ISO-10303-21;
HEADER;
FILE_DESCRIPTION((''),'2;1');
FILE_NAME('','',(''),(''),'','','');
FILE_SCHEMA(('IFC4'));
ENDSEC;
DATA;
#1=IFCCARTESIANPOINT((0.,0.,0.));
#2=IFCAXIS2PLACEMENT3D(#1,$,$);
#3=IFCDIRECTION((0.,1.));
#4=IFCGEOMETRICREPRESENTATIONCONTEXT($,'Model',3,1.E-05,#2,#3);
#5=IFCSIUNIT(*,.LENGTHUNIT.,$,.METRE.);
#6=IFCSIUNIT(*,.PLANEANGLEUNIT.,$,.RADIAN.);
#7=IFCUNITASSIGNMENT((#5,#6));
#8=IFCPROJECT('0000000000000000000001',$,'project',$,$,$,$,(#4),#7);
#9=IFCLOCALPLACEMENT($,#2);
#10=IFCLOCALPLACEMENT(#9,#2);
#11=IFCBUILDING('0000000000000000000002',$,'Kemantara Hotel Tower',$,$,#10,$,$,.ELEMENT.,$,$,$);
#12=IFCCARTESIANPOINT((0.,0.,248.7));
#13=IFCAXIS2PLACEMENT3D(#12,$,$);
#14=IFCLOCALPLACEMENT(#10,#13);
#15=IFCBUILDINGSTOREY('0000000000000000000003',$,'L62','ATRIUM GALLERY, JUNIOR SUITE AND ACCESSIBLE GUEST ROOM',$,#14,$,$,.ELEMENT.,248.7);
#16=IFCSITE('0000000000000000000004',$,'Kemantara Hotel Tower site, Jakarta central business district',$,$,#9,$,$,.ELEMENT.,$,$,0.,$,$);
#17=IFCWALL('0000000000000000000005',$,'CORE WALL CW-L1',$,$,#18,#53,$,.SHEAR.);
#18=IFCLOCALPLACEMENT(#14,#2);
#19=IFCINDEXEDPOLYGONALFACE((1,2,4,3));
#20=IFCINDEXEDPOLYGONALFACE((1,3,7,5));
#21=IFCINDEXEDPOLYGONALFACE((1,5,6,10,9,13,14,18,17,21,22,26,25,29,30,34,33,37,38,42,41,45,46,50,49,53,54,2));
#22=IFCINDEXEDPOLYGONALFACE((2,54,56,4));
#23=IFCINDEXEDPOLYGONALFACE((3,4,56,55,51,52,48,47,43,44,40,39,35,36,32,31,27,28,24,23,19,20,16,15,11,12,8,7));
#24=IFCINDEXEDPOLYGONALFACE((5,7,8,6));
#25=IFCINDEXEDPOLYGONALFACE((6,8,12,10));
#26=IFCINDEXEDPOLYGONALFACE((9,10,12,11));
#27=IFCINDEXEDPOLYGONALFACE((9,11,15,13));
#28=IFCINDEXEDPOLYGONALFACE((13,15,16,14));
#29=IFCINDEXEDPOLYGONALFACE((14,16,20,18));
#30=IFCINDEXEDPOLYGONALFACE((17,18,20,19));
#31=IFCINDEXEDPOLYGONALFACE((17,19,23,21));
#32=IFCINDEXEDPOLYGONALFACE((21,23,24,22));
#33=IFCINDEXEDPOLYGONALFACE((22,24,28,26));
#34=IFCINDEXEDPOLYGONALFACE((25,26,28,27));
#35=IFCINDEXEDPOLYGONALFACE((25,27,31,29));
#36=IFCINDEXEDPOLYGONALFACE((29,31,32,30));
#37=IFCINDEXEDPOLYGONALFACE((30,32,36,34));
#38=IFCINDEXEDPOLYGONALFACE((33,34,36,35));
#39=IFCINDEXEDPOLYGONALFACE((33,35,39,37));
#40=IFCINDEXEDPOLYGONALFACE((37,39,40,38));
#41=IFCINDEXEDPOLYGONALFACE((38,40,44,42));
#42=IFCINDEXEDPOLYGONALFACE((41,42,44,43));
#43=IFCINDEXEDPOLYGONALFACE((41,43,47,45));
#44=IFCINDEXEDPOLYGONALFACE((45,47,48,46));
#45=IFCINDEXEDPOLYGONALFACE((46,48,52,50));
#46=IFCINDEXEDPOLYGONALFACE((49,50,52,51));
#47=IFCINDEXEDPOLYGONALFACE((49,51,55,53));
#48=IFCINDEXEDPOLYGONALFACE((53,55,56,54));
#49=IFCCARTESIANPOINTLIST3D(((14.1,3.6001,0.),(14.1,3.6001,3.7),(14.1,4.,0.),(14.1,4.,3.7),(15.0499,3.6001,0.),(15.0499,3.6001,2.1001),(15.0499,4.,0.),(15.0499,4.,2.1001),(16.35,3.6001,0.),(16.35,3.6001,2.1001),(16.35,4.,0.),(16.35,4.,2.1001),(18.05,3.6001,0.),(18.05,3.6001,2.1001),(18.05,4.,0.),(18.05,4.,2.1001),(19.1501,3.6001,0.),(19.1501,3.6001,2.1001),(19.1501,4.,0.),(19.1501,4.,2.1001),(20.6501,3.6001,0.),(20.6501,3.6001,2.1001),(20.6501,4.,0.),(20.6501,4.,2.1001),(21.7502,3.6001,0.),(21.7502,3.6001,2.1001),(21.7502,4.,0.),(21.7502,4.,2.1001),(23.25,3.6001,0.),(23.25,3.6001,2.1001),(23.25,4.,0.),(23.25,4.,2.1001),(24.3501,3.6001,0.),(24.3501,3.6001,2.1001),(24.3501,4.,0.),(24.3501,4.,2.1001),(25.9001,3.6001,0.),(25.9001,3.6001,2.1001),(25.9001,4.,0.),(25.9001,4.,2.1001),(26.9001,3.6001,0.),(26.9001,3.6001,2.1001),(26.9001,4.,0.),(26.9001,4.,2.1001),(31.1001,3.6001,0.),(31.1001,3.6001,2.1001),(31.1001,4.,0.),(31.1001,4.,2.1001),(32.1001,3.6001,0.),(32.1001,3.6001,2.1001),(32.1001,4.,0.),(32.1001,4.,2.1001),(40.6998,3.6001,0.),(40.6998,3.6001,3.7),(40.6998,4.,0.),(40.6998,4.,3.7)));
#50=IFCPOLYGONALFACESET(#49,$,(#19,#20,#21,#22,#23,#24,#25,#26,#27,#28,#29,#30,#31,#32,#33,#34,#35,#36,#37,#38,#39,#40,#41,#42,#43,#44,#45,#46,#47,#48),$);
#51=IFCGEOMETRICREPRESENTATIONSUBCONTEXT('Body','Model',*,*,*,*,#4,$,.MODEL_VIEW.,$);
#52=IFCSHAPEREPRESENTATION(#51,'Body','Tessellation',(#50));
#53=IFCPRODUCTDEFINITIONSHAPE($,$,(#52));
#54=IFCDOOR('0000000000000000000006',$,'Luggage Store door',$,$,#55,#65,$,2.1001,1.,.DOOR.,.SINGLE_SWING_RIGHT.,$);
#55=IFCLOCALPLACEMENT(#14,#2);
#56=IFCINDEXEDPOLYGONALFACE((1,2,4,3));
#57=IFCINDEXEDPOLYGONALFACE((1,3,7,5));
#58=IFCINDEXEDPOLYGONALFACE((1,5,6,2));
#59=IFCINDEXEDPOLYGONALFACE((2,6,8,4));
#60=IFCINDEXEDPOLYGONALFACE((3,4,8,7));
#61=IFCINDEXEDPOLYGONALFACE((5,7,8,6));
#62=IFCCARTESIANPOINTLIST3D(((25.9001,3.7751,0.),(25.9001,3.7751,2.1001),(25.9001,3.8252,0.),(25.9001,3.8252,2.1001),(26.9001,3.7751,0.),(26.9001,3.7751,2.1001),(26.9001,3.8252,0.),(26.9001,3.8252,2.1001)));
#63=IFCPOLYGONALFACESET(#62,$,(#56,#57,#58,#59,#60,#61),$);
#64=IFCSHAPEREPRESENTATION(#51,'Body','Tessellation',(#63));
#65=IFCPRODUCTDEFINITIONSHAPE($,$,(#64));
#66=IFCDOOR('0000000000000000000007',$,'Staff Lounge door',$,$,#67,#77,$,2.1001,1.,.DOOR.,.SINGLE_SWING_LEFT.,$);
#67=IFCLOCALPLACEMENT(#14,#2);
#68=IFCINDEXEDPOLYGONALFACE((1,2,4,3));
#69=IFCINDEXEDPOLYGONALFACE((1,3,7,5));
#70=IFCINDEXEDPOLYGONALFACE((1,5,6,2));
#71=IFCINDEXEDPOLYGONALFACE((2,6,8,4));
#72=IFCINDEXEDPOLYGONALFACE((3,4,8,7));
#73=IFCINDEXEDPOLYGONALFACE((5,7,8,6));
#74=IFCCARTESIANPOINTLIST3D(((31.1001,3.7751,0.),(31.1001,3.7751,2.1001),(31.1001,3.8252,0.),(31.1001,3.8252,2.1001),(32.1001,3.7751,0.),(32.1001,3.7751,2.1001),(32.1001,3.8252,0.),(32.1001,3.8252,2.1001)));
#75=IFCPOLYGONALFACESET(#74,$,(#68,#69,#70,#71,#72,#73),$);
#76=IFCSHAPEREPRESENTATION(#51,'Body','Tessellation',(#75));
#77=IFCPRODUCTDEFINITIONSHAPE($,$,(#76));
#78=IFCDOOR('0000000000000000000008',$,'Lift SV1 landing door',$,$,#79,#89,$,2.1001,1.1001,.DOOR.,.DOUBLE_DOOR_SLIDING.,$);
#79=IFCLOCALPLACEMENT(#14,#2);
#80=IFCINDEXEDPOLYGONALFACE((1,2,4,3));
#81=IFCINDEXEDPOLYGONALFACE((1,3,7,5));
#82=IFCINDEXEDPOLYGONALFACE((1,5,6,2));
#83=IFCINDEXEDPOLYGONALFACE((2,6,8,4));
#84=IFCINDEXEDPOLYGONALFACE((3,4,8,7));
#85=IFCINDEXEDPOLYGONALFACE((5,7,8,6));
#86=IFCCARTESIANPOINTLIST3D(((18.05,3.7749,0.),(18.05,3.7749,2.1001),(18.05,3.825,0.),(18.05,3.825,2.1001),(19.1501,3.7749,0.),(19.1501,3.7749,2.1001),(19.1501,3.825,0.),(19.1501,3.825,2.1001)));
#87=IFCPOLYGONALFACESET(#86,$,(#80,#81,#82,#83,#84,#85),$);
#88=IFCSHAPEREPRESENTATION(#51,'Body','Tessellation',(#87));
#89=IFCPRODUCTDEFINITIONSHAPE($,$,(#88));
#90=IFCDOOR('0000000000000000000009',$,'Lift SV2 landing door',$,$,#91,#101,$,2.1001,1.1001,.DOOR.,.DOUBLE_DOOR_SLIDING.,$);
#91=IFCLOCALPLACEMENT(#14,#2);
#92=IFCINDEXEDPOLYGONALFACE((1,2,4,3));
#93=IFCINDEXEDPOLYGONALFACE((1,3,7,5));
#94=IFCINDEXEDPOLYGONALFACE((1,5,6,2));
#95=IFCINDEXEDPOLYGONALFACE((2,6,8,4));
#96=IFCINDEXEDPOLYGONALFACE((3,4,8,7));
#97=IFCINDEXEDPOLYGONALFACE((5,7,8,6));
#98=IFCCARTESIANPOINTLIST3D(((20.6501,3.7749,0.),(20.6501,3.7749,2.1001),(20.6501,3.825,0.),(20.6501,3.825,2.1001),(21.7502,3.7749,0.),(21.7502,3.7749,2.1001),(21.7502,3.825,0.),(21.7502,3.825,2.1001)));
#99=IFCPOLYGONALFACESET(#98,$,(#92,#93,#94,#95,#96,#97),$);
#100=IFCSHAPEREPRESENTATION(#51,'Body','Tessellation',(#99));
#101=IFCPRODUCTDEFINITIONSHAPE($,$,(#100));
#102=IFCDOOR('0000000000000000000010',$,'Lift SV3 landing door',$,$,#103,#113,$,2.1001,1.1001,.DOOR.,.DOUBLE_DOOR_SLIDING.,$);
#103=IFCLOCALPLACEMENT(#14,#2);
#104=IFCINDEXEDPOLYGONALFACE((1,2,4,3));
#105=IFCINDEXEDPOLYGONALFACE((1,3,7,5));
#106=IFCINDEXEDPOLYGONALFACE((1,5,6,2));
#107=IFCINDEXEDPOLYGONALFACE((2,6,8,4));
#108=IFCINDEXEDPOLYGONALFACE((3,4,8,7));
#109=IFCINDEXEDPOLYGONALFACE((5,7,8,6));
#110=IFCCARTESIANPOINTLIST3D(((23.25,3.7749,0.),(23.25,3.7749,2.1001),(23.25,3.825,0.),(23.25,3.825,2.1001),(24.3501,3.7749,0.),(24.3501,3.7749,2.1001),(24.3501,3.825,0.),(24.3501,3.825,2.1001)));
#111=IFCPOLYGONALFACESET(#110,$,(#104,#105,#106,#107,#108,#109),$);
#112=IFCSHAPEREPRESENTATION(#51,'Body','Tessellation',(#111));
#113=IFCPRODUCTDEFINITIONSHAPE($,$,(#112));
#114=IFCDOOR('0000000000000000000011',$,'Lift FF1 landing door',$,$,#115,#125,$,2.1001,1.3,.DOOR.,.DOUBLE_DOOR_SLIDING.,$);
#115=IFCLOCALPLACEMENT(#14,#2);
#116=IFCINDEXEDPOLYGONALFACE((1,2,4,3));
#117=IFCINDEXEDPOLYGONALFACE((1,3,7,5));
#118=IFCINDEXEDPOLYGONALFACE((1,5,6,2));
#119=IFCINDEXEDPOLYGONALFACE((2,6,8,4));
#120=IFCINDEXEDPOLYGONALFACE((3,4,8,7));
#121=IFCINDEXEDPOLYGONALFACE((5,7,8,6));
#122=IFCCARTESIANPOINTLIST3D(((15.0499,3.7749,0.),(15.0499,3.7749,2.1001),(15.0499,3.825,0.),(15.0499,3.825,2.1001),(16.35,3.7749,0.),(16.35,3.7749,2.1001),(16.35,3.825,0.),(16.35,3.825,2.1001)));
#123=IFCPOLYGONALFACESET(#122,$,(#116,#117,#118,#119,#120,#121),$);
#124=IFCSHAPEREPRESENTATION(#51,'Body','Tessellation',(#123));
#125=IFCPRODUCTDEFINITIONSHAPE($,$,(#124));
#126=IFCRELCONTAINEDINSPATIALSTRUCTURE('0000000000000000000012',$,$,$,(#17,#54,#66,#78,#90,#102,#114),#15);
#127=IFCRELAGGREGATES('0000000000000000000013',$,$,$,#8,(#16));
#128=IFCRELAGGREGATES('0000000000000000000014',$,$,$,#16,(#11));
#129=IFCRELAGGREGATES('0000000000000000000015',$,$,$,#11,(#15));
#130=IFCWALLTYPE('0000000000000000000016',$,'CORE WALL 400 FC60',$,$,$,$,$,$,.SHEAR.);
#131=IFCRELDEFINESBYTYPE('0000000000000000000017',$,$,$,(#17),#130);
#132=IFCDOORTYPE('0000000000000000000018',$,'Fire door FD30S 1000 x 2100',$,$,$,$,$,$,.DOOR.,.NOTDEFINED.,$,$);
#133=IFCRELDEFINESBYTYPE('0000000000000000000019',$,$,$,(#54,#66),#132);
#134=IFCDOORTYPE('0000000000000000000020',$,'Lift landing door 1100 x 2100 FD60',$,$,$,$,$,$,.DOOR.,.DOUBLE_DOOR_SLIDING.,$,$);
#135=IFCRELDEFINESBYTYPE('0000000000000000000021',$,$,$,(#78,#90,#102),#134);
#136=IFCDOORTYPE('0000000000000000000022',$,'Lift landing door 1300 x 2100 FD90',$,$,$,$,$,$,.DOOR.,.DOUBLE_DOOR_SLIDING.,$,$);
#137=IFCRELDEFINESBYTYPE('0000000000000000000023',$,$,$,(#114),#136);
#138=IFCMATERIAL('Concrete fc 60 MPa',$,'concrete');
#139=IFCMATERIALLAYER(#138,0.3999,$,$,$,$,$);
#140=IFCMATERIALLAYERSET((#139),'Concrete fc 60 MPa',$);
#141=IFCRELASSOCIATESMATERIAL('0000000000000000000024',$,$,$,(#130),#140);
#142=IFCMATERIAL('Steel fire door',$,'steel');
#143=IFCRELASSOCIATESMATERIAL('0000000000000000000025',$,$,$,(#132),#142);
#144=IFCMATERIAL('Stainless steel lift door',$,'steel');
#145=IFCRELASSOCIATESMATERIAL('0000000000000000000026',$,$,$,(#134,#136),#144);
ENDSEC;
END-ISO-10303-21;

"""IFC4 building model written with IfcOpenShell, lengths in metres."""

from ifc_helpers import new_model, si_unit, direction, frame, frame_2d, origin, place, context, subcontext, project, spatial, rectangle, extrude, material, layer, layer_set, type_object, element, fill, save


model = new_model("IFC4")

# Units and contexts
model_context = context("Model", 3, precision=1e-05, world=origin(), true_north=direction((0.0, 1.0)))
body_context = subcontext(model_context, "Body", "Model", "MODEL_VIEW")
ifc_project = project(units=[si_unit("LENGTHUNIT", "METRE"), si_unit("PLANEANGLEUNIT", "RADIAN")], contexts=[model_context])

# Site, building, storey
site_placement = place(None, origin())
site = spatial("IfcSite", under=ifc_project, at=site_placement, Name="Kemantara Hotel Tower site, Jakarta central business district", CompositionType="ELEMENT", RefElevation=0.0)
building_placement = place(site_placement, origin())
building = spatial("IfcBuilding", under=site, at=building_placement, Name="Kemantara Hotel Tower", CompositionType="ELEMENT")
storey_placement = place(building_placement, frame((0.0, 0.0, 248.7)))
storey = spatial("IfcBuildingStorey", under=building, at=storey_placement, Name="L62", Description="ATRIUM GALLERY, JUNIOR SUITE AND ACCESSIBLE GUEST ROOM", CompositionType="ELEMENT", Elevation=248.7)

# Shared definitions
ifc_material_1 = material(Name="Concrete fc 60 MPa", Category="concrete")

# Shared definitions
ifc_layer_1 = layer(ifc_material_1, 0.3999)
ifc_layer_set_1 = layer_set([ifc_layer_1], Name="Concrete fc 60 MPa")
wall_type_1 = type_object("IfcWallType", Name="CORE WALL 400 FC60", PredefinedType="SHEAR", material=ifc_layer_set_1)
ifc_material_2 = material(Name="Steel fire door", Category="steel")
door_type_1 = type_object("IfcDoorType", Name="Fire door FD30S 1000 x 2100", OperationType="NOTDEFINED", PredefinedType="DOOR", material=ifc_material_2)

# Wall, openings, doors
wall_1_placement = place(storey_placement, frame((14.1001, 3.8, 0.0), z_axis=(0.0, 0.0, 1.0), x_axis=(1.0, 0.0, 0.0)))
wall_1 = element("IfcWall", 1, at=wall_1_placement, inside=storey, type_object=wall_type_1, Name="CORE WALL CW-L1", PredefinedType="SHEAR", context=body_context, shape_type="SweptSolid", body=[
    extrude(rectangle(XDim=26.5999, YDim=0.3999, at=frame_2d((13.2998, 0.0))), origin(), (0.0, 0.0, 1.0), 3.7),
])
opening_1_placement = place(wall_1_placement, frame((0.95, 0.0, 0.0)))
opening_1 = element("IfcOpeningElement", 2, at=opening_1_placement, cuts=wall_1, PredefinedType="OPENING", context=body_context, shape_type="SweptSolid", body=[
    extrude(rectangle(XDim=1.3, YDim=2.1001, at=frame_2d((0.6499, 1.05))), frame((0.0, 0.21, 0.0), z_axis=(0.0, -1.0, 0.0), x_axis=(1.0, 0.0, 0.0)), (0.0, 0.0, 1.0), 0.4199),
])
opening_2_placement = place(wall_1_placement, frame((3.95, 0.0, 0.0)))
opening_2 = element("IfcOpeningElement", 3, at=opening_2_placement, cuts=wall_1, PredefinedType="OPENING", context=body_context, shape_type="SweptSolid", body=[
    extrude(rectangle(XDim=1.1001, YDim=2.1001, at=frame_2d((0.55, 1.05))), frame((0.0, 0.21, 0.0), z_axis=(0.0, -1.0, 0.0), x_axis=(1.0, 0.0, 0.0)), (0.0, 0.0, 1.0), 0.4199),
])
opening_3_placement = place(wall_1_placement, frame((6.55, 0.0, 0.0)))
opening_3 = element("IfcOpeningElement", 4, at=opening_3_placement, cuts=wall_1, PredefinedType="OPENING", context=body_context, shape_type="SweptSolid", body=[
    extrude(rectangle(XDim=1.1001, YDim=2.1001, at=frame_2d((0.55, 1.05))), frame((0.0, 0.21, 0.0), z_axis=(0.0, -1.0, 0.0), x_axis=(1.0, 0.0, 0.0)), (0.0, 0.0, 1.0), 0.4199),
])
opening_4_placement = place(wall_1_placement, frame((9.1499, 0.0, 0.0)))
opening_4 = element("IfcOpeningElement", 5, at=opening_4_placement, cuts=wall_1, PredefinedType="OPENING", context=body_context, shape_type="SweptSolid", body=[
    extrude(rectangle(XDim=1.1001, YDim=2.1001, at=frame_2d((0.55, 1.05))), frame((0.0, 0.21, 0.0), z_axis=(0.0, -1.0, 0.0), x_axis=(1.0, 0.0, 0.0)), (0.0, 0.0, 1.0), 0.4199),
])
opening_5_placement = place(wall_1_placement, frame((11.8, 0.0, 0.0)))
opening_5 = element("IfcOpeningElement", 6, at=opening_5_placement, cuts=wall_1, PredefinedType="OPENING", context=body_context, shape_type="SweptSolid", body=[
    extrude(rectangle(XDim=1.0, YDim=2.1001, at=frame_2d((0.5, 1.05))), frame((0.0, 0.21, 0.0), z_axis=(0.0, -1.0, 0.0), x_axis=(1.0, 0.0, 0.0)), (0.0, 0.0, 1.0), 0.4199),
])
opening_6_placement = place(wall_1_placement, frame((17.0, 0.0, 0.0)))
opening_6 = element("IfcOpeningElement", 7, at=opening_6_placement, cuts=wall_1, PredefinedType="OPENING", context=body_context, shape_type="SweptSolid", body=[
    extrude(rectangle(XDim=1.0, YDim=2.1001, at=frame_2d((0.5, 1.05))), frame((0.0, 0.21, 0.0), z_axis=(0.0, -1.0, 0.0), x_axis=(1.0, 0.0, 0.0)), (0.0, 0.0, 1.0), 0.4199),
])
door_1_placement = place(opening_5_placement, frame((1.0, 0.0, 0.0), z_axis=(0.0, 0.0, 1.0), x_axis=(-1.0, 0.0, 0.0)))
door_1 = element("IfcDoor", 8, at=door_1_placement, inside=storey, type_object=door_type_1, Name="Luggage Store door", OperationType="SINGLE_SWING_RIGHT", OverallHeight=2.1001, OverallWidth=1.0, PredefinedType="DOOR", context=body_context, shape_type="SweptSolid", body=[
    extrude(rectangle(XDim=1.0, YDim=2.1001, at=frame_2d((0.5, 1.05))), frame((0.0, 0.0249, 0.0), z_axis=(0.0, -1.0, 0.0), x_axis=(1.0, 0.0, 0.0)), (0.0, 0.0, 1.0), 0.05),
])
fill(opening_5, door_1)
door_2_placement = place(opening_6_placement, frame((1.0, 0.0, 0.0), z_axis=(0.0, 0.0, 1.0), x_axis=(-1.0, 0.0, 0.0)))
door_2 = element("IfcDoor", 9, at=door_2_placement, inside=storey, type_object=door_type_1, Name="Staff Lounge door", OperationType="SINGLE_SWING_LEFT", OverallHeight=2.1001, OverallWidth=1.0, PredefinedType="DOOR", context=body_context, shape_type="SweptSolid", body=[
    extrude(rectangle(XDim=1.0, YDim=2.1001, at=frame_2d((0.5, 1.05))), frame((0.0, 0.0249, 0.0), z_axis=(0.0, -1.0, 0.0), x_axis=(1.0, 0.0, 0.0)), (0.0, 0.0, 1.0), 0.05),
])
fill(opening_6, door_2)
ifc_material_3 = material(Name="Stainless steel lift door", Category="steel")
door_type_2 = type_object("IfcDoorType", Name="Lift landing door 1100 x 2100 FD60", OperationType="DOUBLE_DOOR_SLIDING", PredefinedType="DOOR", material=ifc_material_3)
door_3_placement = place(opening_2_placement, origin())
door_3 = element("IfcDoor", 10, at=door_3_placement, inside=storey, type_object=door_type_2, Name="Lift SV1 landing door", OperationType="DOUBLE_DOOR_SLIDING", OverallHeight=2.1001, OverallWidth=1.1001, PredefinedType="DOOR", context=body_context, shape_type="SweptSolid", body=[
    extrude(rectangle(XDim=1.1001, YDim=2.1001, at=frame_2d((0.55, 1.05))), frame((0.0, 0.0249, 0.0), z_axis=(0.0, -1.0, 0.0), x_axis=(1.0, 0.0, 0.0)), (0.0, 0.0, 1.0), 0.05),
])
fill(opening_2, door_3)
door_4_placement = place(opening_3_placement, origin())
door_4 = element("IfcDoor", 11, at=door_4_placement, inside=storey, type_object=door_type_2, Name="Lift SV2 landing door", OperationType="DOUBLE_DOOR_SLIDING", OverallHeight=2.1001, OverallWidth=1.1001, PredefinedType="DOOR", context=body_context, shape_type="SweptSolid", body=[
    extrude(rectangle(XDim=1.1001, YDim=2.1001, at=frame_2d((0.55, 1.05))), frame((0.0, 0.0249, 0.0), z_axis=(0.0, -1.0, 0.0), x_axis=(1.0, 0.0, 0.0)), (0.0, 0.0, 1.0), 0.05),
])
fill(opening_3, door_4)
door_5_placement = place(opening_4_placement, origin())
door_5 = element("IfcDoor", 12, at=door_5_placement, inside=storey, type_object=door_type_2, Name="Lift SV3 landing door", OperationType="DOUBLE_DOOR_SLIDING", OverallHeight=2.1001, OverallWidth=1.1001, PredefinedType="DOOR", context=body_context, shape_type="SweptSolid", body=[
    extrude(rectangle(XDim=1.1001, YDim=2.1001, at=frame_2d((0.55, 1.05))), frame((0.0, 0.0249, 0.0), z_axis=(0.0, -1.0, 0.0), x_axis=(1.0, 0.0, 0.0)), (0.0, 0.0, 1.0), 0.05),
])
fill(opening_4, door_5)
door_type_3 = type_object("IfcDoorType", Name="Lift landing door 1300 x 2100 FD90", OperationType="DOUBLE_DOOR_SLIDING", PredefinedType="DOOR", material=ifc_material_3)
door_6_placement = place(opening_1_placement, origin())
door_6 = element("IfcDoor", 13, at=door_6_placement, inside=storey, type_object=door_type_3, Name="Lift FF1 landing door", OperationType="DOUBLE_DOOR_SLIDING", OverallHeight=2.1001, OverallWidth=1.3, PredefinedType="DOOR", context=body_context, shape_type="SweptSolid", body=[
    extrude(rectangle(XDim=1.3, YDim=2.1001, at=frame_2d((0.6499, 1.05))), frame((0.0, 0.0249, 0.0), z_axis=(0.0, -1.0, 0.0), x_axis=(1.0, 0.0, 0.0)), (0.0, 0.0, 1.0), 0.05),
])
fill(opening_1, door_6)

save(model, "model.ifc")
